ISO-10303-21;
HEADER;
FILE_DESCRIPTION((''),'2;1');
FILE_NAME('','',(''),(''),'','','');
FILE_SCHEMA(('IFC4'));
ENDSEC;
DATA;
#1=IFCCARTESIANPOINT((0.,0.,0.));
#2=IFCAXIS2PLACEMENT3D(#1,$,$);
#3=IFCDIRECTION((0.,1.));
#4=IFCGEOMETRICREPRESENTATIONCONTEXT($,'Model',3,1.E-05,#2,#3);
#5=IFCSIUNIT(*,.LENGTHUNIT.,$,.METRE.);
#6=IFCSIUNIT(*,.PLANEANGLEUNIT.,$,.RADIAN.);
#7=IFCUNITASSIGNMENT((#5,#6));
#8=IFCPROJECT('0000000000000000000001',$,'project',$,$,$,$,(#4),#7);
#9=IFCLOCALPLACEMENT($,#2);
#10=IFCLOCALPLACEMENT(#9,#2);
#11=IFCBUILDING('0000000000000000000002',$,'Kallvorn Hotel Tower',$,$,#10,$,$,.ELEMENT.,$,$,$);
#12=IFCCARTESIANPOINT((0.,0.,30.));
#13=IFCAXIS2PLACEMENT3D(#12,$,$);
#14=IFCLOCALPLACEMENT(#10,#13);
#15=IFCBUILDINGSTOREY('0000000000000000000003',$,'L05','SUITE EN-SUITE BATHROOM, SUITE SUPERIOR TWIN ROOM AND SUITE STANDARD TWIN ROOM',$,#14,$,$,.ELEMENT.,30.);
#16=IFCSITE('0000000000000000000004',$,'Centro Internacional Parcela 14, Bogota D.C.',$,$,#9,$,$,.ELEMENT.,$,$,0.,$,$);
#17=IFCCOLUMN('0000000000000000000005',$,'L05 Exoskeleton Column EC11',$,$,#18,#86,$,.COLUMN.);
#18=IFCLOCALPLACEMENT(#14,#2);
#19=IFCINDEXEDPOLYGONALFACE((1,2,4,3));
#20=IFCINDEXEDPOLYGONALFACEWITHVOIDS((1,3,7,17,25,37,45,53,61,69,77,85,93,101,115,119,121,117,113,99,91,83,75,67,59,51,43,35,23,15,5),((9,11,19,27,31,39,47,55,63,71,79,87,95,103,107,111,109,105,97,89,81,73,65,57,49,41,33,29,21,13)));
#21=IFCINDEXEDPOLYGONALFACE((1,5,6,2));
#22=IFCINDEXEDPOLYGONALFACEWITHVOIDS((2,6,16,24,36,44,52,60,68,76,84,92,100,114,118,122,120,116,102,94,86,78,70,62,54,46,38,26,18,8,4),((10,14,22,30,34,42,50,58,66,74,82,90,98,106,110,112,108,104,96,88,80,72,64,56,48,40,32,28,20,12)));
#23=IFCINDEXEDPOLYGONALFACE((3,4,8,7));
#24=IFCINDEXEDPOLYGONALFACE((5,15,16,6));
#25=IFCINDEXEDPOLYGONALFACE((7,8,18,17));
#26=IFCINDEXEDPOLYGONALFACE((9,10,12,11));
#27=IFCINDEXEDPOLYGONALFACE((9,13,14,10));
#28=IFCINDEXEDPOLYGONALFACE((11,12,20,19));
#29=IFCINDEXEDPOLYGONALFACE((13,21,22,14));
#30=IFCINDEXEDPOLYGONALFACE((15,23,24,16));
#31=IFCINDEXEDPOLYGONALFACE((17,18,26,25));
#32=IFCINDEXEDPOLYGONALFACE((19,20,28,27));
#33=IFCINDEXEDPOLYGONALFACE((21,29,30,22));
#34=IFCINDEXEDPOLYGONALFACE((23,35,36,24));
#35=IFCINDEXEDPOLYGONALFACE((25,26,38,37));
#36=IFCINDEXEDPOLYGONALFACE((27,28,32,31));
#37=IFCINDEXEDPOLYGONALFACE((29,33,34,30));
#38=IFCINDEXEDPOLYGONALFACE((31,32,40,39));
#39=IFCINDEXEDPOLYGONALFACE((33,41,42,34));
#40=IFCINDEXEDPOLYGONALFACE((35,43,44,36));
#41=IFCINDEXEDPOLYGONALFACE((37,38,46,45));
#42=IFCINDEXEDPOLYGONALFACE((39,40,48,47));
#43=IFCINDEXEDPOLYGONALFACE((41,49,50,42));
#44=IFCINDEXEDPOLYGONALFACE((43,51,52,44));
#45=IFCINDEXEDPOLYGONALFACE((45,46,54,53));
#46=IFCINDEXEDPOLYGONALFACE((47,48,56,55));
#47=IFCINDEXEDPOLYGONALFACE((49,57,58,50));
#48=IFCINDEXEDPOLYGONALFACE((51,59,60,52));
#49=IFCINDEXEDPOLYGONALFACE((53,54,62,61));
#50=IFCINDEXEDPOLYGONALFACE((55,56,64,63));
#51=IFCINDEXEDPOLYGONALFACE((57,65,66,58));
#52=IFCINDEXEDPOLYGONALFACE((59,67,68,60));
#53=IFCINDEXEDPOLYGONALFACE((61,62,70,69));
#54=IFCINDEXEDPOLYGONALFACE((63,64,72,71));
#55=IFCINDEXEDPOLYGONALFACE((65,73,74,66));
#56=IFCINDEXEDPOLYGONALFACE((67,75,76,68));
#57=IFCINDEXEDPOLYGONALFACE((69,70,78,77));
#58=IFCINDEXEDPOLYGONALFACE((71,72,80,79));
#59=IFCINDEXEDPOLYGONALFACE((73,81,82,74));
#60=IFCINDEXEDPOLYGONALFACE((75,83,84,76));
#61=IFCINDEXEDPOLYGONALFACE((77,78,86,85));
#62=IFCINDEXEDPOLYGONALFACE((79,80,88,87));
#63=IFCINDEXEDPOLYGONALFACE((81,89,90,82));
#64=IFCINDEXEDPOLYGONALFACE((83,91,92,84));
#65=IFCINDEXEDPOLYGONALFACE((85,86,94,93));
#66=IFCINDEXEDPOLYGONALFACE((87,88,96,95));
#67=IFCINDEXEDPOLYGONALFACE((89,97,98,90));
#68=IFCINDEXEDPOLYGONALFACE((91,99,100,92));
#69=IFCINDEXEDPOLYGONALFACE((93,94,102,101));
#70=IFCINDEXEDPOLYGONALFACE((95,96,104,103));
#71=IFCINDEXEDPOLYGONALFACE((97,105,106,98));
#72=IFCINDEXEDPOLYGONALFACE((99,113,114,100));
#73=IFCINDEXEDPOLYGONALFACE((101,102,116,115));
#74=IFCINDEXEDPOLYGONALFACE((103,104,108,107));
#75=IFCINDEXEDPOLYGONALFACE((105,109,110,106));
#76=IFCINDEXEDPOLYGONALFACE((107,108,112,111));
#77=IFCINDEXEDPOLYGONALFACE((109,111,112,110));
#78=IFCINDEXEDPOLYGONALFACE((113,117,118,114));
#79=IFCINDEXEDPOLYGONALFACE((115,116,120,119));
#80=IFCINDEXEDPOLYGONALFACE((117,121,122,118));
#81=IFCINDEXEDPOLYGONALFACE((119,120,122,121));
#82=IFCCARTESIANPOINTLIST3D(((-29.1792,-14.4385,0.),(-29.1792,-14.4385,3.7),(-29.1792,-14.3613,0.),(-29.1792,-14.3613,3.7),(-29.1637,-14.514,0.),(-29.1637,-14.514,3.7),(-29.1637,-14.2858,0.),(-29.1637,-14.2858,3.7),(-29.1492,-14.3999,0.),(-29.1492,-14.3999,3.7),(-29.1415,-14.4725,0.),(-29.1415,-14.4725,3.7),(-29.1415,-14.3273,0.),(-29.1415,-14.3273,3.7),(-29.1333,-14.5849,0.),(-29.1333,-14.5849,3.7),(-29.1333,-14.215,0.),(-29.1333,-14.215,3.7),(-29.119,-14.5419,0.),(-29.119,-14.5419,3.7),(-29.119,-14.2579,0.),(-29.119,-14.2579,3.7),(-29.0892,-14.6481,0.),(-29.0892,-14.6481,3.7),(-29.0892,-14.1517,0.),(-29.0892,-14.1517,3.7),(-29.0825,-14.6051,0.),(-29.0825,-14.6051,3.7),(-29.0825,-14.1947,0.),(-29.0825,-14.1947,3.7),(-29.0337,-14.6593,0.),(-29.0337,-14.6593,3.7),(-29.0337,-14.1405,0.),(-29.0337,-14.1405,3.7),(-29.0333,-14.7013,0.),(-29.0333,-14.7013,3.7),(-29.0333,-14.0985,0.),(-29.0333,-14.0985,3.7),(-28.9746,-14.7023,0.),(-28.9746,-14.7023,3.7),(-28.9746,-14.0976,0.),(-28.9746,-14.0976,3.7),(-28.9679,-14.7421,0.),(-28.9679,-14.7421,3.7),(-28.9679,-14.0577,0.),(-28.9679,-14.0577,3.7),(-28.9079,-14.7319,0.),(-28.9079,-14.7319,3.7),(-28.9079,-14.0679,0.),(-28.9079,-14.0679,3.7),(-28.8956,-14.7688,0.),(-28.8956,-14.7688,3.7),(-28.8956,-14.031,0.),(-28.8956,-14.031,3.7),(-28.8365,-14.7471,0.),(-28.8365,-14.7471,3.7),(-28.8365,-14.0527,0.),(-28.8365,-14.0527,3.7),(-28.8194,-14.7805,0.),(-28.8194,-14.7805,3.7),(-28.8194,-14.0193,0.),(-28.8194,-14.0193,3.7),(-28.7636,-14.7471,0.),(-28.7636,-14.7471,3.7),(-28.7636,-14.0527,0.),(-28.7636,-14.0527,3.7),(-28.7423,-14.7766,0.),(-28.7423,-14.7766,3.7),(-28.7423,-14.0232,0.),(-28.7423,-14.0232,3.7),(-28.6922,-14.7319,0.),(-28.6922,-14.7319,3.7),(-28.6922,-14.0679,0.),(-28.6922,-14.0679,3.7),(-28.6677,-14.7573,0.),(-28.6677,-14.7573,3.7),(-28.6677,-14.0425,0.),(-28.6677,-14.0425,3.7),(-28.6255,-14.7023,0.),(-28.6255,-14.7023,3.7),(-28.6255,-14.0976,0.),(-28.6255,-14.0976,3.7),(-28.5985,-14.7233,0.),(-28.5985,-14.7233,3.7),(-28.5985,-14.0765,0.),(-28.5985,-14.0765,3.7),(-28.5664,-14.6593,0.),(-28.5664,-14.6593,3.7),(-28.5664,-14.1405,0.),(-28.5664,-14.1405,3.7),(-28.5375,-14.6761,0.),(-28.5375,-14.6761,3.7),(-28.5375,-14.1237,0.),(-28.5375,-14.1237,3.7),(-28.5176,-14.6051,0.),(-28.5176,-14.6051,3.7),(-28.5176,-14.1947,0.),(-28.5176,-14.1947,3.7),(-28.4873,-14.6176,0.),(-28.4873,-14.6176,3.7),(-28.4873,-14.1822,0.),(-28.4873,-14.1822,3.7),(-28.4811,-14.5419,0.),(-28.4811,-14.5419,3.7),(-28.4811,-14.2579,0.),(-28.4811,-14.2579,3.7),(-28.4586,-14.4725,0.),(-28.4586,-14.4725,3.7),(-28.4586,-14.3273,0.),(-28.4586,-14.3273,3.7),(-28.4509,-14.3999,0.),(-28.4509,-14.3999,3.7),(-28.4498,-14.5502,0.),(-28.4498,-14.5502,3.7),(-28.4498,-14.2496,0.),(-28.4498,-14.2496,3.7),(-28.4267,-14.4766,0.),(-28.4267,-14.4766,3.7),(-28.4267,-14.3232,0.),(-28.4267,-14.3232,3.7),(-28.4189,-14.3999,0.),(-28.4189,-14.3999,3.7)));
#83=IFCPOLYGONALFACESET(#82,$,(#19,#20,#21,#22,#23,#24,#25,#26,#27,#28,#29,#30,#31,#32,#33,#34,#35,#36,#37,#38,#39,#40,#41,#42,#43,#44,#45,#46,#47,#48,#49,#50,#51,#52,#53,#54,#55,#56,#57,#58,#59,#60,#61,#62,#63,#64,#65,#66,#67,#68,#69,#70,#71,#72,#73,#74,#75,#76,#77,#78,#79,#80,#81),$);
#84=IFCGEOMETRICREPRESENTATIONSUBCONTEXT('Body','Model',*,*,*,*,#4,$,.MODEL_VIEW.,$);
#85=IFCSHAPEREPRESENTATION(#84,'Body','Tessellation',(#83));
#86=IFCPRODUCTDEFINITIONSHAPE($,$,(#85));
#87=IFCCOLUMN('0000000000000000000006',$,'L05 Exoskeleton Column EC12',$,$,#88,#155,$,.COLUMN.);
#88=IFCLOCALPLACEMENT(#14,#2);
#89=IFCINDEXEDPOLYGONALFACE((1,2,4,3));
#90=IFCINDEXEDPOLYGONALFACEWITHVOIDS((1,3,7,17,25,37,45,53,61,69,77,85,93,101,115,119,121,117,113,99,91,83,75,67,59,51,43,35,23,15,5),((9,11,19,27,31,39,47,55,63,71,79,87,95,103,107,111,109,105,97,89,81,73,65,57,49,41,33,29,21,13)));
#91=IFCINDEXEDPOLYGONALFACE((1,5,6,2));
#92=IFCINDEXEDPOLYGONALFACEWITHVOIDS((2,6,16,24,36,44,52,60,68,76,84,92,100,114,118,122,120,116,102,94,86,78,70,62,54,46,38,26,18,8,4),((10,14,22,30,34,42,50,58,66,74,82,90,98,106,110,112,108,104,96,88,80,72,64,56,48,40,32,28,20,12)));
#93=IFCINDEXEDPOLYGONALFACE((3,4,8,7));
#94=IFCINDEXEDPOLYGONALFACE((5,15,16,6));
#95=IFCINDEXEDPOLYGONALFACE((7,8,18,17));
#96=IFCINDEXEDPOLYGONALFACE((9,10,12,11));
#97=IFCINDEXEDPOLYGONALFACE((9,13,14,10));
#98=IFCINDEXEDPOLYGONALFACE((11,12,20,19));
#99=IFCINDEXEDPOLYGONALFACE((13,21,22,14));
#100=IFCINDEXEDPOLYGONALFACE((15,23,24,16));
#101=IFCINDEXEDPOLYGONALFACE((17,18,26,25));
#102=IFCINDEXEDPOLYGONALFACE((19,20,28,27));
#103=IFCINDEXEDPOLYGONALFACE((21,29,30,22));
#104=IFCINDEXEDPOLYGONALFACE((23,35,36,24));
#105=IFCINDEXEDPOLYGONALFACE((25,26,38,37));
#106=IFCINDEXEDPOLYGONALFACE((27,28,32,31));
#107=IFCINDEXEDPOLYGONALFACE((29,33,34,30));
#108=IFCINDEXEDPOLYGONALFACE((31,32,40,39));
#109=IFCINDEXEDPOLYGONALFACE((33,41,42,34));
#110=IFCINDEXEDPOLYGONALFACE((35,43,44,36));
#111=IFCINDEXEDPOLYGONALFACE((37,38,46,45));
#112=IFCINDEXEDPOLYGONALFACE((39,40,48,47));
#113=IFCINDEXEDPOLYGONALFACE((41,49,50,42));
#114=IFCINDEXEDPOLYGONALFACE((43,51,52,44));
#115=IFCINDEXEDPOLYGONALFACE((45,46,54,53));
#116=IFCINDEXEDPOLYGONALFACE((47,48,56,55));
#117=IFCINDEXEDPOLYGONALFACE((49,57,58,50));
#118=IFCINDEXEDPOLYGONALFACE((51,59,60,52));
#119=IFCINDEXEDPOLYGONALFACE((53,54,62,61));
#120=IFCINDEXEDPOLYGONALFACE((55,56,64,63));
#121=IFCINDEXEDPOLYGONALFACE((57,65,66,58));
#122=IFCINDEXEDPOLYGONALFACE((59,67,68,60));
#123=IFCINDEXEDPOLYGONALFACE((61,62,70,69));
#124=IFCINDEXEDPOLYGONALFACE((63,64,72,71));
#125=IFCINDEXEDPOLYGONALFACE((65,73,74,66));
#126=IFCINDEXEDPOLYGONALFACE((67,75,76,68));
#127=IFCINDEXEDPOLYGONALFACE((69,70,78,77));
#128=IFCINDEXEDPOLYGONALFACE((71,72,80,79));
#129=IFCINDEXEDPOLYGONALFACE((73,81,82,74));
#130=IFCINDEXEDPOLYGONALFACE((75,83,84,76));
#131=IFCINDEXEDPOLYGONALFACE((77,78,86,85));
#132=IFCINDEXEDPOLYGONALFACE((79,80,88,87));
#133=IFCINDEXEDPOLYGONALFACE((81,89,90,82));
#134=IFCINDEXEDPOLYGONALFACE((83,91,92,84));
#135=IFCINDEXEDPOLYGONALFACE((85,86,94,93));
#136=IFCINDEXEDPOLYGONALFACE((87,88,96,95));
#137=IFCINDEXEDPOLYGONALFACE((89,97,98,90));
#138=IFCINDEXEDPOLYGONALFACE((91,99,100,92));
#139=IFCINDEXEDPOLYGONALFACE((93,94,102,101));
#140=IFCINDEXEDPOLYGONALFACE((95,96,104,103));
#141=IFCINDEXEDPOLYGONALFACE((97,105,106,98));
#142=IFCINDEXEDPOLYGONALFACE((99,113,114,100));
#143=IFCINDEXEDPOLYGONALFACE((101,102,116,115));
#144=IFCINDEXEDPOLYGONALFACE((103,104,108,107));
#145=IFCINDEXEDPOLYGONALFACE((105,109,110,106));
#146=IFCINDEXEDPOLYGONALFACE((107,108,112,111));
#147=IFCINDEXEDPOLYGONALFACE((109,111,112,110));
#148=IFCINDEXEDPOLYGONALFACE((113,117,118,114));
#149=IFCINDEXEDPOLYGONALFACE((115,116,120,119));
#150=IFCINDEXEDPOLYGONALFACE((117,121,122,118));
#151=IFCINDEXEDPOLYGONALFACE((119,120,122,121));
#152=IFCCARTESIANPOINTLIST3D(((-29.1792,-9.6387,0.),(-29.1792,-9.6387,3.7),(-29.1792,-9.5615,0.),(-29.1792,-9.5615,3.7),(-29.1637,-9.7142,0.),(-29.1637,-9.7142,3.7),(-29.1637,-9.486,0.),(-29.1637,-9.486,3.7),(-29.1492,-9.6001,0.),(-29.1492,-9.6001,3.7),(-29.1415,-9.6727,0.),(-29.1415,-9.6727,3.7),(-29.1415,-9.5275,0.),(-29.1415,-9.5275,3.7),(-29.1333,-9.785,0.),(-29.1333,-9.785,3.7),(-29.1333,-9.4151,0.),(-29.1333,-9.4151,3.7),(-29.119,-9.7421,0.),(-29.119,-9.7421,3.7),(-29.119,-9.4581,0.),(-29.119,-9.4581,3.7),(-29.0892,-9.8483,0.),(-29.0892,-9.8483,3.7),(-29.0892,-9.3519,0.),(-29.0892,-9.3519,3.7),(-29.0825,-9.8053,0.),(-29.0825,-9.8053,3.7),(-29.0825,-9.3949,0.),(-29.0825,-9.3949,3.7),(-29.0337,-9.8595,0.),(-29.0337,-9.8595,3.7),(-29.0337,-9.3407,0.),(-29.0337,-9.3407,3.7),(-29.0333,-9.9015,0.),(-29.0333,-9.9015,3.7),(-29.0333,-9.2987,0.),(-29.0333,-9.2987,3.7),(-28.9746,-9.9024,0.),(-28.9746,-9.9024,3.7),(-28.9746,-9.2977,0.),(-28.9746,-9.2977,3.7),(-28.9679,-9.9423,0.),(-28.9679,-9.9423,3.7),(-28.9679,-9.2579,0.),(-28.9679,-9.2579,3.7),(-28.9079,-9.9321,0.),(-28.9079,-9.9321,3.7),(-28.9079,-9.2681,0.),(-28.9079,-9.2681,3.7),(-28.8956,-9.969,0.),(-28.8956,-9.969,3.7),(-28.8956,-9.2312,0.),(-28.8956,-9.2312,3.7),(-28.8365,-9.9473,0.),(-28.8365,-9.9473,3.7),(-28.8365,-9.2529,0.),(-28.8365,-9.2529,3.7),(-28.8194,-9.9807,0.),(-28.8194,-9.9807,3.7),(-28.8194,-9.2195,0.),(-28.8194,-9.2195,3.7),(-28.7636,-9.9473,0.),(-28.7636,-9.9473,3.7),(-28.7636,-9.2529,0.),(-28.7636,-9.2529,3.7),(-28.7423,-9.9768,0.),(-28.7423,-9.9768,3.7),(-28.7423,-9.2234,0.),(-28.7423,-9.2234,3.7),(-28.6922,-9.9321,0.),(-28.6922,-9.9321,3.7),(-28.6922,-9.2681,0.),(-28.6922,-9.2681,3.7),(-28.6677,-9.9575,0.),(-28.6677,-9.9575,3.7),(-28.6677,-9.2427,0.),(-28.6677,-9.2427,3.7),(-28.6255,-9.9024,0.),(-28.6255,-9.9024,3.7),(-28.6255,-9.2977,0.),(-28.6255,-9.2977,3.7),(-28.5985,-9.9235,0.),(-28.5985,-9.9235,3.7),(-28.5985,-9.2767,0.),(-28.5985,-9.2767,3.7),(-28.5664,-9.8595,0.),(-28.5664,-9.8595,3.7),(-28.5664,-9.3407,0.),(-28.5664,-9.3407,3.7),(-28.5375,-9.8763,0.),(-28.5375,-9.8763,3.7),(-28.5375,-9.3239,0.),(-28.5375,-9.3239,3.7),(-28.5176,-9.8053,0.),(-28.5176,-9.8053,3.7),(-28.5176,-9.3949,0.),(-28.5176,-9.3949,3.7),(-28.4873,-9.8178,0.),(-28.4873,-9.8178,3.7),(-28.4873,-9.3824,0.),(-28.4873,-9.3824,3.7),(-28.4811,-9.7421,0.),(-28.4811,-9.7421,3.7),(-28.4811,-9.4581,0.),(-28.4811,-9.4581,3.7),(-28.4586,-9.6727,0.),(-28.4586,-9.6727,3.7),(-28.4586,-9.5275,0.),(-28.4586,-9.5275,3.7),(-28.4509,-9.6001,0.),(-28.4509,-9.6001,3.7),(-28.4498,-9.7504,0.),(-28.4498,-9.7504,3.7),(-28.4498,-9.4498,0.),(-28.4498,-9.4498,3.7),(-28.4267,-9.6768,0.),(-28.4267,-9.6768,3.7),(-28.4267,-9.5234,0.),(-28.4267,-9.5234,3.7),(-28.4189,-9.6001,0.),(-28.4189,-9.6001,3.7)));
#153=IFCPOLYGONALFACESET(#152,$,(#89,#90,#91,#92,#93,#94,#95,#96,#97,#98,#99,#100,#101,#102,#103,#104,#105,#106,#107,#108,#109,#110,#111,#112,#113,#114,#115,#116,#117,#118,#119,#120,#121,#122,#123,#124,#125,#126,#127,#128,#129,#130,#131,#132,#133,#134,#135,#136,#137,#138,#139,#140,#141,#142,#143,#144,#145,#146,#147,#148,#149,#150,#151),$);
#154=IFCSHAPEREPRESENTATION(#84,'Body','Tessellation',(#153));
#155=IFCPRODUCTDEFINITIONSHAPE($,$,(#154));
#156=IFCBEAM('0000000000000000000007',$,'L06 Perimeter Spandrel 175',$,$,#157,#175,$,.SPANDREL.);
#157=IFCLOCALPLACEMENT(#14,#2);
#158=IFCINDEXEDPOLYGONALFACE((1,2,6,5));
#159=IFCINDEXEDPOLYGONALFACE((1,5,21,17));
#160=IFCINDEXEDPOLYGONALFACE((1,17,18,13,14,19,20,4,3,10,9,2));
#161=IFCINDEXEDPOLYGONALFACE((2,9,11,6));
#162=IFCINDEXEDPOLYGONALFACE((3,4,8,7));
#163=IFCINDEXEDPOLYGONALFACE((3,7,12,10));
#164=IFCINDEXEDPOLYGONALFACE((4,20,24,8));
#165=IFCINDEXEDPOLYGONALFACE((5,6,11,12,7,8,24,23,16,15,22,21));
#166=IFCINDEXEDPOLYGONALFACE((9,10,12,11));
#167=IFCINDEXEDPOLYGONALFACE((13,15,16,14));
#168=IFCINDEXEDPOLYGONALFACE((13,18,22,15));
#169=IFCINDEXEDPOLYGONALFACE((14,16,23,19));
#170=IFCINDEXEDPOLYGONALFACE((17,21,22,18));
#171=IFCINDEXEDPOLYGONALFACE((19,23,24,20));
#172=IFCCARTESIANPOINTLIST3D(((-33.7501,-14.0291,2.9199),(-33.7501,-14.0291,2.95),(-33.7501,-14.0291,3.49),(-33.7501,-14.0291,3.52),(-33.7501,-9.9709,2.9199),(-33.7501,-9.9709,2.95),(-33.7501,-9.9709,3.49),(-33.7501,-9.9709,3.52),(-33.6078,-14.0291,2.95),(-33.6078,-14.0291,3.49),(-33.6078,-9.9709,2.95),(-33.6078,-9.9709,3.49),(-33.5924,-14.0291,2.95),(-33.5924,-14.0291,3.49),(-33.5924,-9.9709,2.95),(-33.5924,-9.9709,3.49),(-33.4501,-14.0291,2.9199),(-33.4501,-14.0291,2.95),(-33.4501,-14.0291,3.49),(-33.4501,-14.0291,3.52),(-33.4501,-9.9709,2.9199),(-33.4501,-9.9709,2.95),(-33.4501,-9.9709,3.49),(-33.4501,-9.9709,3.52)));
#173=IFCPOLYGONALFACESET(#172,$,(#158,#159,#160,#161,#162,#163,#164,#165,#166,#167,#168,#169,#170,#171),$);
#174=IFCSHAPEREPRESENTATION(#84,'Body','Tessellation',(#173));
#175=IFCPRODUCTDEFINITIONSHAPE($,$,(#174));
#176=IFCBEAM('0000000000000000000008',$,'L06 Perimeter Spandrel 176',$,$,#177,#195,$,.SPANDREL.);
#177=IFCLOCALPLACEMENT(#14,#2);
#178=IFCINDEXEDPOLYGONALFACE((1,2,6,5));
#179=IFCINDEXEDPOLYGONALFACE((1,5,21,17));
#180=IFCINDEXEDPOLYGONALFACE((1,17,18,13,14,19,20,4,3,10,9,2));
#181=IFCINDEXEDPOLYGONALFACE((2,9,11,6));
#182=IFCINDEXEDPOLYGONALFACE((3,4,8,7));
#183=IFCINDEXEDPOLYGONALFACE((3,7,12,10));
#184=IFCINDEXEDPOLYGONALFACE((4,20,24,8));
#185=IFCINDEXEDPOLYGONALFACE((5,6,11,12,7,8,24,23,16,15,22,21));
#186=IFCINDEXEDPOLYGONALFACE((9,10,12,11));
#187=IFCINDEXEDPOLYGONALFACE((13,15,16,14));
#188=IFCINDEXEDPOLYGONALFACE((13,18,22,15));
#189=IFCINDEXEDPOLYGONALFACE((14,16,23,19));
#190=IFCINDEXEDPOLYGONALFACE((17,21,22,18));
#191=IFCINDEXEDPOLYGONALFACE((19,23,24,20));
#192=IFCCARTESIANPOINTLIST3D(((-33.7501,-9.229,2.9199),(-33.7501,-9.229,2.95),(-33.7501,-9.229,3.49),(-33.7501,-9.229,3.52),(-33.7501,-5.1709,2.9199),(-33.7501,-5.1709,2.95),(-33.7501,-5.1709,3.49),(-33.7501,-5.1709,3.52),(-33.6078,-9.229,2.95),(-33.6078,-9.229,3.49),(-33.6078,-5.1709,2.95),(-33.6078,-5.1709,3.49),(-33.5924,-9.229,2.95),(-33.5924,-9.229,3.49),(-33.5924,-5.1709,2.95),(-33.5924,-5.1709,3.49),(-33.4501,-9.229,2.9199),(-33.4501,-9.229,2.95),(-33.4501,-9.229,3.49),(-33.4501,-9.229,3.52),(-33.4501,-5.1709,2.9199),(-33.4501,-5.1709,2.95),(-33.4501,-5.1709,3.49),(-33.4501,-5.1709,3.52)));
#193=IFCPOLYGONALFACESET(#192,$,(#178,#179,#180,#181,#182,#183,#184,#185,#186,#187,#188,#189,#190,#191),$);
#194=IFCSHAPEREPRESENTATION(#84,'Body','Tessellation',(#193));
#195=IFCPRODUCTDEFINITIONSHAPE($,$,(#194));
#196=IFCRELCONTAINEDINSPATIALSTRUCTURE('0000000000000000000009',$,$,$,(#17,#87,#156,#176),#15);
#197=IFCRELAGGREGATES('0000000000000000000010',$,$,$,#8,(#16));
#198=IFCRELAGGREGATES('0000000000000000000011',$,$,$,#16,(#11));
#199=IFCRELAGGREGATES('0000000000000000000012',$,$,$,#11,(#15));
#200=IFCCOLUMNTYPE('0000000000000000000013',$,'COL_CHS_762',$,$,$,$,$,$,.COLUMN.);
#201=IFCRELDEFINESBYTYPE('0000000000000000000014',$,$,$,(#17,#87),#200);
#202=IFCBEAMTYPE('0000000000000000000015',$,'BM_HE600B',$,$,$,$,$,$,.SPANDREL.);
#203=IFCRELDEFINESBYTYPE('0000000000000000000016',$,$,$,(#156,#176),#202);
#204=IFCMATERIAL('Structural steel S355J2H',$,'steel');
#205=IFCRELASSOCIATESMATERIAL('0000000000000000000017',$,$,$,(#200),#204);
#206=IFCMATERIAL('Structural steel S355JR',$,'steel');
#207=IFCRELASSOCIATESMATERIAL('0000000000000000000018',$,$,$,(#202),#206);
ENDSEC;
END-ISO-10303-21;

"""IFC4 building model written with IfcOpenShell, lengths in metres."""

from ifc_helpers import new_model, si_unit, direction, frame, origin, origin_2d, place, context, subcontext, project, spatial, hollow_circle, i_section, extrude, material, material_profile, profile_set, type_object, element, save


model = new_model("IFC4")

# Units and contexts
model_context = context("Model", 3, precision=1e-05, world=origin(), true_north=direction((0.0, 1.0)))
body_context = subcontext(model_context, "Body", "Model", "MODEL_VIEW")
ifc_project = project(units=[si_unit("LENGTHUNIT", "METRE"), si_unit("PLANEANGLEUNIT", "RADIAN")], contexts=[model_context])

# Site, building, storey
site_placement = place(None, origin())
site = spatial("IfcSite", under=ifc_project, at=site_placement, Name="Centro Internacional Parcela 14, Bogota D.C.", CompositionType="ELEMENT", RefElevation=0.0)
building_placement = place(site_placement, origin())
building = spatial("IfcBuilding", under=site, at=building_placement, Name="Kallvorn Hotel Tower", CompositionType="ELEMENT")
storey_placement = place(building_placement, frame((0.0, 0.0, 30.0)))
storey = spatial("IfcBuildingStorey", under=building, at=storey_placement, Name="L05", Description="SUITE EN-SUITE BATHROOM, SUITE SUPERIOR TWIN ROOM AND SUITE STANDARD TWIN ROOM", CompositionType="ELEMENT", Elevation=30.0)

# Columns
ifc_material_1 = material(Name="Structural steel S355J2H", Category="steel")
ifc_material_profile_1 = material_profile(ifc_material_1, hollow_circle(Radius=0.3811, WallThickness=0.032, at=origin_2d()), Name="CHS 762x32")
ifc_profile_set_1 = profile_set([ifc_material_profile_1], Name="Structural steel S355J2H")
column_type = type_object("IfcColumnType", Name="COL_CHS_762", PredefinedType="COLUMN", material=ifc_profile_set_1)
for number, where, z_axis, x_axis, name in (
    (1, (-28.8, -14.3999, 0.0), (0.0, 0.0, 1.0), (1.0, 0.0, 0.0), "L05 Exoskeleton Column EC11"),
    (2, (-28.8, -9.6001, 0.0), (0.0, 0.0, 1.0), (1.0, 0.0, 0.0), "L05 Exoskeleton Column EC12"),
):
    element("IfcColumn", number, at=place(storey_placement, frame(where, z_axis=z_axis, x_axis=x_axis)), inside=storey, type_object=column_type, Name=name, PredefinedType="COLUMN", context=body_context, shape_type="SweptSolid", body=[
        extrude(hollow_circle(Radius=0.3811, WallThickness=0.032, at=origin_2d()), origin(), (0.0, 0.0, 1.0), 3.7),
    ])

# Beams
ifc_material_2 = material(Name="Structural steel S355JR", Category="steel")
ifc_material_profile_2 = material_profile(ifc_material_2, i_section(OverallWidth=0.3, OverallDepth=0.6001, WebThickness=0.0154, FlangeThickness=0.03, at=origin_2d()), Name="HE 600 B")
ifc_profile_set_2 = profile_set([ifc_material_profile_2], Name="Structural steel S355JR")
beam_type_1 = type_object("IfcBeamType", Name="BM_HE600B", PredefinedType="SPANDREL", material=ifc_profile_set_2)
for number, where, z_axis, x_axis, name in (
    (3, (-33.6001, -14.0291, 3.22), (0.0, 1.0, 0.0), (-1.0, 0.0, 0.0), "L06 Perimeter Spandrel 175"),
    (4, (-33.6001, -9.229, 3.22), (0.0, 1.0, 0.0), (-1.0, 0.0, 0.0), "L06 Perimeter Spandrel 176"),
):
    element("IfcBeam", number, at=place(storey_placement, frame(where, z_axis=z_axis, x_axis=x_axis)), inside=storey, type_object=beam_type_1, Name=name, PredefinedType="SPANDREL", context=body_context, shape_type="SweptSolid", body=[
        extrude(i_section(OverallWidth=0.3, OverallDepth=0.6001, WebThickness=0.0154, FlangeThickness=0.03, at=origin_2d()), origin(), (0.0, 0.0, 1.0), 4.0581),
    ])

save(model, "model.ifc")
